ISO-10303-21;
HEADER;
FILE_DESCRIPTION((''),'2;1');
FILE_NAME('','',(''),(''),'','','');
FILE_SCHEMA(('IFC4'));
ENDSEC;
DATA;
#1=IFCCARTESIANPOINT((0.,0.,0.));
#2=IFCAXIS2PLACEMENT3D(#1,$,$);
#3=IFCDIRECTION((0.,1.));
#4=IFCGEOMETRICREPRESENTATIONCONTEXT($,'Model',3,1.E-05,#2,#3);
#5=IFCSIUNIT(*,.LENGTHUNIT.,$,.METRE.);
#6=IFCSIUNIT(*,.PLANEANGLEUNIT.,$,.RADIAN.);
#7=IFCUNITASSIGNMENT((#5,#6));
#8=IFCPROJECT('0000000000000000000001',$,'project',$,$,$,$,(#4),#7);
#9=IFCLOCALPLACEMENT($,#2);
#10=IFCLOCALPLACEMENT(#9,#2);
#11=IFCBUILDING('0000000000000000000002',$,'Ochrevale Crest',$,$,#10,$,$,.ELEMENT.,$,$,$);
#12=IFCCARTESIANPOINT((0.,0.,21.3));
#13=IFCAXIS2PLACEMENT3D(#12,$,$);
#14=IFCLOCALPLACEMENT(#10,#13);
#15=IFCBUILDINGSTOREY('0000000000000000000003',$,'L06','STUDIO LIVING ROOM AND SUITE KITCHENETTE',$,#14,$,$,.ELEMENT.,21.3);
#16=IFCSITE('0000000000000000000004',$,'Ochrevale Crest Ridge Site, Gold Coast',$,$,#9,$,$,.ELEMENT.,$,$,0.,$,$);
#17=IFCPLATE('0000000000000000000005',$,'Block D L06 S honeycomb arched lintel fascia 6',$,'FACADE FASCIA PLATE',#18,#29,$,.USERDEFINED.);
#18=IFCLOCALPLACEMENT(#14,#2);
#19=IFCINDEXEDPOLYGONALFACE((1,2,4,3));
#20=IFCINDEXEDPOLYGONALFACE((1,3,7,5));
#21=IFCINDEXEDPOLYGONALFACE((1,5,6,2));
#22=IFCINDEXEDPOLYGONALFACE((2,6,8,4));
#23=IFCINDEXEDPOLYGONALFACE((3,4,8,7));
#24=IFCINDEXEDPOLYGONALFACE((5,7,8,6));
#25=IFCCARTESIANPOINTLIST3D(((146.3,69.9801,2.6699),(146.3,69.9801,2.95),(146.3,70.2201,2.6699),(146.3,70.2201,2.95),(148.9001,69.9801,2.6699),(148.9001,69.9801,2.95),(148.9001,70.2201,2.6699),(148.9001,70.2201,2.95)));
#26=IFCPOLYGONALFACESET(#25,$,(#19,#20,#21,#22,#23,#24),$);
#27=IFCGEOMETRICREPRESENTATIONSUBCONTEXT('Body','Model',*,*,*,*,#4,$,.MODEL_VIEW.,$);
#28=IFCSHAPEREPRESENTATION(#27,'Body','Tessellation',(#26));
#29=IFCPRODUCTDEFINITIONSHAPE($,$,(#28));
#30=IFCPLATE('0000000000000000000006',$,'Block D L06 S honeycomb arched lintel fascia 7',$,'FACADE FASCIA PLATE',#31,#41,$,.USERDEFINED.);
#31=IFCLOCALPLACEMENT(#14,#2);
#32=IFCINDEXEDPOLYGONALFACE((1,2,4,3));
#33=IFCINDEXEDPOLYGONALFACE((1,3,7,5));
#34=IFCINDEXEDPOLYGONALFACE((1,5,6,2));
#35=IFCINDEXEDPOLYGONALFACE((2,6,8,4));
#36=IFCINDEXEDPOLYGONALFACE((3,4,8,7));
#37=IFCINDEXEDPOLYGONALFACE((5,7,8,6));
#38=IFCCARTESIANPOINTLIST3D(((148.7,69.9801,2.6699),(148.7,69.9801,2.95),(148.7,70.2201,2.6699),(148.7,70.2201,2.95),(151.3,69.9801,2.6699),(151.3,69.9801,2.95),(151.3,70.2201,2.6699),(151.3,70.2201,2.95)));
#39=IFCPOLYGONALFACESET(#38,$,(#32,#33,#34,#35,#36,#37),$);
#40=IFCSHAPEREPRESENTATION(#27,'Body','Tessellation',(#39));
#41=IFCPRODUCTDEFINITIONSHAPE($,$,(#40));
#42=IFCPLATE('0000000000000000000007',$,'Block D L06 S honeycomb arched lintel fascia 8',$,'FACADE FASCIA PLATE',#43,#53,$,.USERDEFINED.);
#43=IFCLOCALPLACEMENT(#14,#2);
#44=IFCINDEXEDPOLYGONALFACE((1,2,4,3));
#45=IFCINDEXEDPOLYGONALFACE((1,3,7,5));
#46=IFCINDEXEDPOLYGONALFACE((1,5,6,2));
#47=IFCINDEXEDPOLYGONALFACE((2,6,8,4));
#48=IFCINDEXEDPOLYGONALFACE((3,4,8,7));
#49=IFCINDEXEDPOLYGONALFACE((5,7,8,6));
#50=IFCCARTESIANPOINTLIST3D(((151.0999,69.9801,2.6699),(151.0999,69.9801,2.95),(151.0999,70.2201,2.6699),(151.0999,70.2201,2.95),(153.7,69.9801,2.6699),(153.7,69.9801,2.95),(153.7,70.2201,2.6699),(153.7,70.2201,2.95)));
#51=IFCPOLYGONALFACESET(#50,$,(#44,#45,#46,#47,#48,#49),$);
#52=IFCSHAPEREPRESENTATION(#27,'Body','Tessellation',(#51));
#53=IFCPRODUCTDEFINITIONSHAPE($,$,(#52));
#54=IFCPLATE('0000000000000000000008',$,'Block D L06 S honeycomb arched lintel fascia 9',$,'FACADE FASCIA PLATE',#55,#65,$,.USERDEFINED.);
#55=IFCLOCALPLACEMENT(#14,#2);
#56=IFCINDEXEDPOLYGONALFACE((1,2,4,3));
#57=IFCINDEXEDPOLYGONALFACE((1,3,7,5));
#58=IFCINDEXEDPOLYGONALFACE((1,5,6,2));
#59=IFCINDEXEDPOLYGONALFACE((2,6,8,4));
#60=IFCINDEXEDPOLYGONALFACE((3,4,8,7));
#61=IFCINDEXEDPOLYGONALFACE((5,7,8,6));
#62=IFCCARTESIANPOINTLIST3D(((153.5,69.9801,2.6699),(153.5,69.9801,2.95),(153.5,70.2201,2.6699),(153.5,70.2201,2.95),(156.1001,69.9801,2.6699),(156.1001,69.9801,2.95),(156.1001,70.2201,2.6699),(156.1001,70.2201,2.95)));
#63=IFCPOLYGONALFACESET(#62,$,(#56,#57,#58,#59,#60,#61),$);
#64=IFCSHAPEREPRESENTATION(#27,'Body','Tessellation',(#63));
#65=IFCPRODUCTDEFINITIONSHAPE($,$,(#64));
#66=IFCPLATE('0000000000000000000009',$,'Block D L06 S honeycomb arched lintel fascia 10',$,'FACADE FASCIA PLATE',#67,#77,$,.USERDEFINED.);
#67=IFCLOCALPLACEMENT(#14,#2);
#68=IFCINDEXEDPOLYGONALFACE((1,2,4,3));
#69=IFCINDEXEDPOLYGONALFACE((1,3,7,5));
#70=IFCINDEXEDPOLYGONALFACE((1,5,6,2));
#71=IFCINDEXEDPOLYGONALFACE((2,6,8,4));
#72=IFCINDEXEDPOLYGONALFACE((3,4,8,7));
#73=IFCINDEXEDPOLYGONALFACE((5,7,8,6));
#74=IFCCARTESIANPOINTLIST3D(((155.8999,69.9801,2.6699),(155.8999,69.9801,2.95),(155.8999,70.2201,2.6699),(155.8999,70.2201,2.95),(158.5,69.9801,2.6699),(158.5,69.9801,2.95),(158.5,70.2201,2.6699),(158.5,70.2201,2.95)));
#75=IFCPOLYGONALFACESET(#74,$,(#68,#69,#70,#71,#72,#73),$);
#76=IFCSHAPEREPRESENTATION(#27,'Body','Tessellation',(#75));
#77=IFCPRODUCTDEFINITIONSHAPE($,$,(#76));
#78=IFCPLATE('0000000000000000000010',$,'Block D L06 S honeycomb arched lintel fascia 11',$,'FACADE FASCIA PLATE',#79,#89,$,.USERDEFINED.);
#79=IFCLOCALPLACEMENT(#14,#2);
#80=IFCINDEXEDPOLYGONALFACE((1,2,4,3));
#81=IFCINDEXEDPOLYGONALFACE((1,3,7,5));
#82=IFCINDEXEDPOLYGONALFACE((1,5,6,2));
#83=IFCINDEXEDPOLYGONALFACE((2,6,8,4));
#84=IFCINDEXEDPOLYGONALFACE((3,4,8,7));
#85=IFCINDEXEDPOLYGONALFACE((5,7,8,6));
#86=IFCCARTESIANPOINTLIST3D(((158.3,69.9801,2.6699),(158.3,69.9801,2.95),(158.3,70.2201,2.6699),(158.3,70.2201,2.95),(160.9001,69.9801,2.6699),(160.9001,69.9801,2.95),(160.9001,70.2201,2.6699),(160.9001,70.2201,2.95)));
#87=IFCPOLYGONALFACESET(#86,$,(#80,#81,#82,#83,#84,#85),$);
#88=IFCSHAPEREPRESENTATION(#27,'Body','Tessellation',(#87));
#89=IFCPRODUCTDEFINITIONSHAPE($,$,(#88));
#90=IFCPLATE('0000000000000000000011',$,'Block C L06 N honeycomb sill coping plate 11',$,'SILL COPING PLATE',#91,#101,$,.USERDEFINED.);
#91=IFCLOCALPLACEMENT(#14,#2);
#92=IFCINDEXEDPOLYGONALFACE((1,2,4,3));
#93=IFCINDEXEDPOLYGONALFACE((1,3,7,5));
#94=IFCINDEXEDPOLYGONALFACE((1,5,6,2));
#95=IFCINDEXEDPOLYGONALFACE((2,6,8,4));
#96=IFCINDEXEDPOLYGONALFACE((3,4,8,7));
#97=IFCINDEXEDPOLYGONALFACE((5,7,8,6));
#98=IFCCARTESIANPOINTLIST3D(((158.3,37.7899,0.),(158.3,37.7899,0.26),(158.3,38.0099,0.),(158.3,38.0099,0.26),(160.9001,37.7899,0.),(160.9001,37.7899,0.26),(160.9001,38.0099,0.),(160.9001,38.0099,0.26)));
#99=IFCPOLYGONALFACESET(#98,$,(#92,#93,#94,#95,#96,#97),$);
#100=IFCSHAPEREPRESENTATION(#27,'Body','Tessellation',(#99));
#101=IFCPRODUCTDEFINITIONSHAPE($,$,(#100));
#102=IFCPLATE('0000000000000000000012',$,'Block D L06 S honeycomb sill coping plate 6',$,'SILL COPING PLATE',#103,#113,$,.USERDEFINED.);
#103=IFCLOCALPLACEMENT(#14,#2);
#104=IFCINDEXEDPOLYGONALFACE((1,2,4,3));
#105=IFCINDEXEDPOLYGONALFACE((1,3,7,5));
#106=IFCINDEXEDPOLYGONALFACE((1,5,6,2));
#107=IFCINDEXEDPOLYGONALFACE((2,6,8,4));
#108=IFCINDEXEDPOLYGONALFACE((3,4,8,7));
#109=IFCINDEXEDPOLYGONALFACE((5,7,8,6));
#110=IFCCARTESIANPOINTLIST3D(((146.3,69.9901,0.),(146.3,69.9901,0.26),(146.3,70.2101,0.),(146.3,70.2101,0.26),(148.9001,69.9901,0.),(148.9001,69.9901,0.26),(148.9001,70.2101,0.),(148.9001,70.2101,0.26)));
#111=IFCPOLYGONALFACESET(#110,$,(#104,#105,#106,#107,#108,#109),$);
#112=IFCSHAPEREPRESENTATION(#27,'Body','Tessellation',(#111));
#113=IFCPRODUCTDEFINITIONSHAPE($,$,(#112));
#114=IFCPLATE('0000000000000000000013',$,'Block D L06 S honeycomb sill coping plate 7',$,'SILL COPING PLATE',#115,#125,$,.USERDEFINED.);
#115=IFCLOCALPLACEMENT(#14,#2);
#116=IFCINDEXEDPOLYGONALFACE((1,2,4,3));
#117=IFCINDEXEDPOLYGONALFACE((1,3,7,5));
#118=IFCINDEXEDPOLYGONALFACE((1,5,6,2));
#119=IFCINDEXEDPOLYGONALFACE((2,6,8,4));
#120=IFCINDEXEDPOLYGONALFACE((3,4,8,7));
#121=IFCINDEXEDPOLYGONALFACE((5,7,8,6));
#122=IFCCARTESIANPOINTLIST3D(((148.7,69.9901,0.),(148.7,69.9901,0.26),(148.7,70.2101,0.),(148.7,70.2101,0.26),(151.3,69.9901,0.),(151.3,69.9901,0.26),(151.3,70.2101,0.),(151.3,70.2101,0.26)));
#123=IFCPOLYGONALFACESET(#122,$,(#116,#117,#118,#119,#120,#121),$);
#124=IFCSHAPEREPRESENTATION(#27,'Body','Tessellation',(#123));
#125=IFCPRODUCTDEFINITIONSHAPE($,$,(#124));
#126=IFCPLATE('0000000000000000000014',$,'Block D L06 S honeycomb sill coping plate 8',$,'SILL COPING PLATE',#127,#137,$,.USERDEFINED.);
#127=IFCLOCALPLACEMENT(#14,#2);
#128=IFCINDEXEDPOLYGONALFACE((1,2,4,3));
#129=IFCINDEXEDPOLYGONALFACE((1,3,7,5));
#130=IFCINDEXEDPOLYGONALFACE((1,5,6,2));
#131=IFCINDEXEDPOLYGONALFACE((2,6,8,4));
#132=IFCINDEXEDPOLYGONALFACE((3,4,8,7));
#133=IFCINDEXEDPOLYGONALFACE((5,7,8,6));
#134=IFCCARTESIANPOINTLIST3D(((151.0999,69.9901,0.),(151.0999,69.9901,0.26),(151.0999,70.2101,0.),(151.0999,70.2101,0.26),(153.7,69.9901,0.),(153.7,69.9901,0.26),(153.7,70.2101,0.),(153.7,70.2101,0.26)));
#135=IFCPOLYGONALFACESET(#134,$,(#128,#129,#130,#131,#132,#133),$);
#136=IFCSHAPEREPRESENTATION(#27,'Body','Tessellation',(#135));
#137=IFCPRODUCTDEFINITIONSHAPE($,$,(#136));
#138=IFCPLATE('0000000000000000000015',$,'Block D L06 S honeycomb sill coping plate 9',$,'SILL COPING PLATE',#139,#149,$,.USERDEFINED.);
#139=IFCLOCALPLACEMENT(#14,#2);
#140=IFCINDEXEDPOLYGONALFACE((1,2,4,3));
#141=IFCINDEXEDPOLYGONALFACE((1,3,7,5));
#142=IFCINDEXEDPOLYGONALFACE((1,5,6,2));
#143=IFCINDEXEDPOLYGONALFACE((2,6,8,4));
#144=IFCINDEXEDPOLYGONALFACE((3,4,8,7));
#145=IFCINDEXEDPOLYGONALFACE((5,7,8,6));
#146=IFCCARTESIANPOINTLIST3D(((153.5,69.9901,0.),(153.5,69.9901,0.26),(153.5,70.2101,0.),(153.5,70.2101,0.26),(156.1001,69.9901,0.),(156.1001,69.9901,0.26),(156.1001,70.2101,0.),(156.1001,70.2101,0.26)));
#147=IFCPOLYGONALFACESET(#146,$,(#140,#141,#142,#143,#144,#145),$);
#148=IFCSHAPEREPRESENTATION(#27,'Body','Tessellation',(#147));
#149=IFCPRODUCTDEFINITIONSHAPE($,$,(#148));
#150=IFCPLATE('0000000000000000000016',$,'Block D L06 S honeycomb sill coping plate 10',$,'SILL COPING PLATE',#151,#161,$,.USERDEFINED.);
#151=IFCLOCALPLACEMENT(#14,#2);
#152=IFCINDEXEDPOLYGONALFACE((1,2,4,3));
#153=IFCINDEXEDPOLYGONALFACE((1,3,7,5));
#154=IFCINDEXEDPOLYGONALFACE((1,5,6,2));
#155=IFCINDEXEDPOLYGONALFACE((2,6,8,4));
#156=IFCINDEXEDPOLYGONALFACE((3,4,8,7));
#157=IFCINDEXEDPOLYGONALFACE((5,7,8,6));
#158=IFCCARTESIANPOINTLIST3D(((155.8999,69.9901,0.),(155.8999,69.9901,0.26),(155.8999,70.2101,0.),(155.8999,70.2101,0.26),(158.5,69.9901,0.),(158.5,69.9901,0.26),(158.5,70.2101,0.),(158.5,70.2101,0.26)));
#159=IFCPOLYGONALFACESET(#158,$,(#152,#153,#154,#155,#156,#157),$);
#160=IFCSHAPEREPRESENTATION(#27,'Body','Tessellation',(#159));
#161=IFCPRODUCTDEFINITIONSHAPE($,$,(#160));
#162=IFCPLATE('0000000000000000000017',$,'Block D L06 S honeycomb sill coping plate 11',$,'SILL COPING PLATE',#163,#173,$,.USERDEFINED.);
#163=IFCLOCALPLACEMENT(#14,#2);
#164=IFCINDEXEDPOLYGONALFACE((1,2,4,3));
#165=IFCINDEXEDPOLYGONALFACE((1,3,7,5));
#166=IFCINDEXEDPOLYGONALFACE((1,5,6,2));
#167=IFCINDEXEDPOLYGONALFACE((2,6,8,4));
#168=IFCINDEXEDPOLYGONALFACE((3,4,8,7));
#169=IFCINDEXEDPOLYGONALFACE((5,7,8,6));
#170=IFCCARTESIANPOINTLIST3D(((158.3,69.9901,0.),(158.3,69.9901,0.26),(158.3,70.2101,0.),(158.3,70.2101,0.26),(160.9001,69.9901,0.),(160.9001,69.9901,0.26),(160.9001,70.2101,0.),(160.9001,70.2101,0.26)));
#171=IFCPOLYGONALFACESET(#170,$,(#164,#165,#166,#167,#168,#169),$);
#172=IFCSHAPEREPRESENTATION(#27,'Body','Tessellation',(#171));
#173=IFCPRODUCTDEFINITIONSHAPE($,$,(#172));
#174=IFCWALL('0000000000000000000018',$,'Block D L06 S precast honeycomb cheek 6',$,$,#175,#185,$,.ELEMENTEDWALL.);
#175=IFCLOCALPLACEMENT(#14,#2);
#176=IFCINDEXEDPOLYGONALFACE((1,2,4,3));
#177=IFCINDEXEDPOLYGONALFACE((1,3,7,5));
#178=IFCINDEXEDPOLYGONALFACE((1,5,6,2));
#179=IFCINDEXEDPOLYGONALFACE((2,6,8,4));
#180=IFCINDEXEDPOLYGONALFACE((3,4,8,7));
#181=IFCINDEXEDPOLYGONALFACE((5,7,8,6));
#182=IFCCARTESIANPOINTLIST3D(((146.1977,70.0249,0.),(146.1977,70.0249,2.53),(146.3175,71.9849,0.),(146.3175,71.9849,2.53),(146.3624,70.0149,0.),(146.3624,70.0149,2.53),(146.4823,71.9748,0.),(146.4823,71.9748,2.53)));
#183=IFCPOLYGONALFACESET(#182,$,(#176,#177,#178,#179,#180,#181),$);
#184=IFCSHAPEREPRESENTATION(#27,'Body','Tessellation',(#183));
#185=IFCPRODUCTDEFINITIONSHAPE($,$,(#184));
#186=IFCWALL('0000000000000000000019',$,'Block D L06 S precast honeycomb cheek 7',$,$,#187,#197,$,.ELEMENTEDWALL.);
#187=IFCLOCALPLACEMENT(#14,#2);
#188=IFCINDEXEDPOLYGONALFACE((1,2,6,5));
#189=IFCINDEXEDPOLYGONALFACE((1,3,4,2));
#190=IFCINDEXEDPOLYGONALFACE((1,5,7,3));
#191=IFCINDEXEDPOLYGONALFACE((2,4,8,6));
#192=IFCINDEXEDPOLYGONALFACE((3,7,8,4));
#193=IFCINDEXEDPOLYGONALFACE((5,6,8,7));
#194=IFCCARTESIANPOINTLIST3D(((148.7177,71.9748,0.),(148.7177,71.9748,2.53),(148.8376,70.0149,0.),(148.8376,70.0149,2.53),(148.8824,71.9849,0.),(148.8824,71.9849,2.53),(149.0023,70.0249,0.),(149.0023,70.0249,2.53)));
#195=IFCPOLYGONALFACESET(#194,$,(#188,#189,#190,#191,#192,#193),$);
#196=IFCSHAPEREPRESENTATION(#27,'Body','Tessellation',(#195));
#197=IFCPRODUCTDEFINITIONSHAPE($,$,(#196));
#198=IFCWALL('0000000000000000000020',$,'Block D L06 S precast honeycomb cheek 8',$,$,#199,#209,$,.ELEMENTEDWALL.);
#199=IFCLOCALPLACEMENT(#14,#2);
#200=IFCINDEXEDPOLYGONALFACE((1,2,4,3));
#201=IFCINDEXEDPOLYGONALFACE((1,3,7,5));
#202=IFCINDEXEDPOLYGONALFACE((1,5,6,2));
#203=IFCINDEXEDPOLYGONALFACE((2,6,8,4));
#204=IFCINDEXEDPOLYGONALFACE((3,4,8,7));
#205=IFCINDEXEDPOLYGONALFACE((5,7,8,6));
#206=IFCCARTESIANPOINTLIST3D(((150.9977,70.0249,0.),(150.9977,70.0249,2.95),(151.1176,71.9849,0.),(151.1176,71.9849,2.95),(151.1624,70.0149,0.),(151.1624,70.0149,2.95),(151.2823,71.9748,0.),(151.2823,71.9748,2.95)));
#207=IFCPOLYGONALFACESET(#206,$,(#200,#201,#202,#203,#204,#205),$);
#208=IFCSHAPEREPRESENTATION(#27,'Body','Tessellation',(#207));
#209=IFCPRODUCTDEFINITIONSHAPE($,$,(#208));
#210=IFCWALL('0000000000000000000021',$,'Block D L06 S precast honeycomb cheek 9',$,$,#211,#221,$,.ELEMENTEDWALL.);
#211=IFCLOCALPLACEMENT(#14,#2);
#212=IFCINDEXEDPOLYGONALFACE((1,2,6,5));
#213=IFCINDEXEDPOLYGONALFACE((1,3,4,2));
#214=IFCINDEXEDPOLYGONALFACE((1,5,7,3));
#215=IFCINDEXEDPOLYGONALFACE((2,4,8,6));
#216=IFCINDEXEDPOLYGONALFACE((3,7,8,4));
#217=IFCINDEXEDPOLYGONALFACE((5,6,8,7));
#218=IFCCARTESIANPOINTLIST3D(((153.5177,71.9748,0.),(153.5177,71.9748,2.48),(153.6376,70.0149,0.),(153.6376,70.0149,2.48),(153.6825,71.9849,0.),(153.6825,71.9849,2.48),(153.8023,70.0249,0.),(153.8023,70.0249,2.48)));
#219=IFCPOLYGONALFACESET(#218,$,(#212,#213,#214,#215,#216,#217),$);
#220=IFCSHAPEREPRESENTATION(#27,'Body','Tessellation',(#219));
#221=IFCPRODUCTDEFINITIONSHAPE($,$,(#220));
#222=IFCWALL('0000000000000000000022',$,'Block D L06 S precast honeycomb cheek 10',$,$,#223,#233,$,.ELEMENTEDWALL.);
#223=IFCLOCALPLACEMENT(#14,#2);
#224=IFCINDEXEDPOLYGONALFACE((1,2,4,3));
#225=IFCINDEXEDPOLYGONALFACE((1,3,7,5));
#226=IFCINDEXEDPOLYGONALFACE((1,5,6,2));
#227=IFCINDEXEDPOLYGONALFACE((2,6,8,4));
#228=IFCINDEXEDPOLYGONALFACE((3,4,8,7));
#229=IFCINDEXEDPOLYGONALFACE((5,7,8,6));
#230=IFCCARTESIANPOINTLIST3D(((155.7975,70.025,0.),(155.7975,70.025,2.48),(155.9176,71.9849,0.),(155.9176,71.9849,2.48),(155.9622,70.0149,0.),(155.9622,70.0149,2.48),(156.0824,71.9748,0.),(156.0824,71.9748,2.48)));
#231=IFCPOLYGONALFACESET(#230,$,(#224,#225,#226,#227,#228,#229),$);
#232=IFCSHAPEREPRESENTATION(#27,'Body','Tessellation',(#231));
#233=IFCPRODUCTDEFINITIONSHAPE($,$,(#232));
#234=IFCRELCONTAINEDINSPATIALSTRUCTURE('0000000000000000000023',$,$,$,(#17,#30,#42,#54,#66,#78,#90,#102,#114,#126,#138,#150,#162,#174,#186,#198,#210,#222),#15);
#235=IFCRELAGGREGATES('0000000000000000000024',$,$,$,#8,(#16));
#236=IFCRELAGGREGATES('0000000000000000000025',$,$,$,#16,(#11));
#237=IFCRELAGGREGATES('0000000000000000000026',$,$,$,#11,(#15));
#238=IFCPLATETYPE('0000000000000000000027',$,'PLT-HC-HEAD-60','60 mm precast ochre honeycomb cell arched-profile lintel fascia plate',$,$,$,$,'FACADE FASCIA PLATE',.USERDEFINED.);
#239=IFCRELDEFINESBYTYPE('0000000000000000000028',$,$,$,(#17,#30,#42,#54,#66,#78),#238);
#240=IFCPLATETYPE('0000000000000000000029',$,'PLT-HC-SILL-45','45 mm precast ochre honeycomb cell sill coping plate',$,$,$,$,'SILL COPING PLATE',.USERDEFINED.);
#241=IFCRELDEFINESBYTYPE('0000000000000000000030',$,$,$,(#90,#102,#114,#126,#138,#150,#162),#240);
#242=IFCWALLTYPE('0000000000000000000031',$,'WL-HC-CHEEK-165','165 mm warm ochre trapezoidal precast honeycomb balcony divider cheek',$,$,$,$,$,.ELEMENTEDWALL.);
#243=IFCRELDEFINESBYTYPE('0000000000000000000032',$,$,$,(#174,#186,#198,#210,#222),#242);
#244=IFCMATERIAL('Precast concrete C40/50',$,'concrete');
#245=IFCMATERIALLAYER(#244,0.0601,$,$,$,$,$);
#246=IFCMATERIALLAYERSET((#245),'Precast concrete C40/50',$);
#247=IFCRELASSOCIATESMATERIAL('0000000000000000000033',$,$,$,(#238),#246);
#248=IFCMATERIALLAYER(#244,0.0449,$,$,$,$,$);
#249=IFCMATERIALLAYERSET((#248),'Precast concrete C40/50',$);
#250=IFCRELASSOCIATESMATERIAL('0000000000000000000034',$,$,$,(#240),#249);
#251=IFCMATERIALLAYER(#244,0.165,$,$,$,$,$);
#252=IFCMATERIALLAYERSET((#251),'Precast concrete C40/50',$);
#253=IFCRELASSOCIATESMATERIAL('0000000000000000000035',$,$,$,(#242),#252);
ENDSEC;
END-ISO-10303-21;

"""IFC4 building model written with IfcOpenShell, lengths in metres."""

from ifc_helpers import new_model, si_unit, direction, frame, frame_2d, origin, origin_2d, place, context, subcontext, project, spatial, rectangle, extrude, material, layer, layer_set, type_object, element, save


model = new_model("IFC4")

# Units and contexts
model_context = context("Model", 3, precision=1e-05, world=origin(), true_north=direction((0.0, 1.0)))
body_context = subcontext(model_context, "Body", "Model", "MODEL_VIEW")
ifc_project = project(units=[si_unit("LENGTHUNIT", "METRE"), si_unit("PLANEANGLEUNIT", "RADIAN")], contexts=[model_context])

# Site, building, storey
site_placement = place(None, origin())
site = spatial("IfcSite", under=ifc_project, at=site_placement, Name="Ochrevale Crest Ridge Site, Gold Coast", CompositionType="ELEMENT", RefElevation=0.0)
building_placement = place(site_placement, origin())
building = spatial("IfcBuilding", under=site, at=building_placement, Name="Ochrevale Crest", CompositionType="ELEMENT")
storey_placement = place(building_placement, frame((0.0, 0.0, 21.3)))
storey = spatial("IfcBuildingStorey", under=building, at=storey_placement, Name="L06", Description="STUDIO LIVING ROOM AND SUITE KITCHENETTE", CompositionType="ELEMENT", Elevation=21.3)

# Plates
ifc_material_1 = material(Name="Precast concrete C40/50", Category="concrete")
ifc_layer_1 = layer(ifc_material_1, 0.0601)
ifc_layer_set_1 = layer_set([ifc_layer_1], Name="Precast concrete C40/50")
plate_type_1 = type_object("IfcPlateType", Name="PLT-HC-HEAD-60", Description="60 mm precast ochre honeycomb cell arched-profile lintel fascia plate", ElementType="FACADE FASCIA PLATE", PredefinedType="USERDEFINED", material=ifc_layer_set_1)
for number, where, z_axis, x_axis, name in (
    (1, (147.6001, 70.1001, 2.6699), (0.0, 0.0, 1.0), (1.0, 0.0, 0.0), "Block D L06 S honeycomb arched lintel fascia 6"),
    (2, (150.0, 70.1001, 2.6699), (0.0, 0.0, 1.0), (1.0, 0.0, 0.0), "Block D L06 S honeycomb arched lintel fascia 7"),
    (3, (152.3999, 70.1001, 2.6699), (0.0, 0.0, 1.0), (1.0, 0.0, 0.0), "Block D L06 S honeycomb arched lintel fascia 8"),
    (4, (154.8, 70.1001, 2.6699), (0.0, 0.0, 1.0), (1.0, 0.0, 0.0), "Block D L06 S honeycomb arched lintel fascia 9"),
    (5, (157.2, 70.1001, 2.6699), (0.0, 0.0, 1.0), (1.0, 0.0, 0.0), "Block D L06 S honeycomb arched lintel fascia 10"),
    (6, (159.6001, 70.1001, 2.6699), (0.0, 0.0, 1.0), (1.0, 0.0, 0.0), "Block D L06 S honeycomb arched lintel fascia 11"),
):
    element("IfcPlate", number, at=place(storey_placement, frame(where, z_axis=z_axis, x_axis=x_axis)), inside=storey, type_object=plate_type_1, Name=name, ObjectType="FACADE FASCIA PLATE", PredefinedType="USERDEFINED", context=body_context, shape_type="SweptSolid", body=[
        extrude(rectangle(XDim=2.6001, YDim=0.24, at=origin_2d()), origin(), (0.0, 0.0, 1.0), 0.28),
    ])
ifc_layer_2 = layer(ifc_material_1, 0.0449)
ifc_layer_set_2 = layer_set([ifc_layer_2], Name="Precast concrete C40/50")
plate_type_2 = type_object("IfcPlateType", Name="PLT-HC-SILL-45", Description="45 mm precast ochre honeycomb cell sill coping plate", ElementType="SILL COPING PLATE", PredefinedType="USERDEFINED", material=ifc_layer_set_2)
for number, where, z_axis, x_axis, name in (
    (7, (159.6001, 37.8999, 0.0), (0.0, 0.0, 1.0), (1.0, 0.0, 0.0), "Block C L06 N honeycomb sill coping plate 11"),
    (8, (147.6001, 70.1001, 0.0), (0.0, 0.0, 1.0), (1.0, 0.0, 0.0), "Block D L06 S honeycomb sill coping plate 6"),
    (9, (150.0, 70.1001, 0.0), (0.0, 0.0, 1.0), (1.0, 0.0, 0.0), "Block D L06 S honeycomb sill coping plate 7"),
    (10, (152.3999, 70.1001, 0.0), (0.0, 0.0, 1.0), (1.0, 0.0, 0.0), "Block D L06 S honeycomb sill coping plate 8"),
    (11, (154.8, 70.1001, 0.0), (0.0, 0.0, 1.0), (1.0, 0.0, 0.0), "Block D L06 S honeycomb sill coping plate 9"),
    (12, (157.2, 70.1001, 0.0), (0.0, 0.0, 1.0), (1.0, 0.0, 0.0), "Block D L06 S honeycomb sill coping plate 10"),
    (13, (159.6001, 70.1001, 0.0), (0.0, 0.0, 1.0), (1.0, 0.0, 0.0), "Block D L06 S honeycomb sill coping plate 11"),
):
    element("IfcPlate", number, at=place(storey_placement, frame(where, z_axis=z_axis, x_axis=x_axis)), inside=storey, type_object=plate_type_2, Name=name, ObjectType="SILL COPING PLATE", PredefinedType="USERDEFINED", context=body_context, shape_type="SweptSolid", body=[
        extrude(rectangle(XDim=2.6001, YDim=0.22, at=origin_2d()), origin(), (0.0, 0.0, 1.0), 0.26),
    ])

# Walls
ifc_layer_3 = layer(ifc_material_1, 0.165)
ifc_layer_set_3 = layer_set([ifc_layer_3], Name="Precast concrete C40/50")
wall_type = type_object("IfcWallType", Name="WL-HC-CHEEK-165", Description="165 mm warm ochre trapezoidal precast honeycomb balcony divider cheek", PredefinedType="ELEMENTEDWALL", material=ifc_layer_set_3)
for number, where, z_axis, x_axis, name in (
    (14, (146.3999, 71.98, 0.0), (0.0, 0.0, 1.0), (-0.061047, -0.998135, 0.0), "Block D L06 S precast honeycomb cheek 6"),
    (15, (148.8, 71.98, 0.0), (0.0, 0.0, 1.0), (0.061047, -0.998135, 0.0), "Block D L06 S precast honeycomb cheek 7"),
):
    element("IfcWall", number, at=place(storey_placement, frame(where, z_axis=z_axis, x_axis=x_axis)), inside=storey, type_object=wall_type, Name=name, PredefinedType="ELEMENTEDWALL", context=body_context, shape_type="SweptSolid", body=[
        extrude(rectangle(XDim=1.9636, YDim=0.165, at=frame_2d((0.9819, 0.0))), origin(), (0.0, 0.0, 1.0), 2.53),
    ])
wall_1_placement = place(storey_placement, frame((151.2, 71.98, 0.0), z_axis=(0.0, 0.0, 1.0), x_axis=(-0.061047, -0.998135, 0.0)))
element("IfcWall", 16, at=wall_1_placement, inside=storey, type_object=wall_type, Name="Block D L06 S precast honeycomb cheek 8", PredefinedType="ELEMENTEDWALL", context=body_context, shape_type="SweptSolid", body=[
    extrude(rectangle(XDim=1.9636, YDim=0.165, at=frame_2d((0.9819, 0.0))), origin(), (0.0, 0.0, 1.0), 2.95),
])
for number, where, z_axis, x_axis, name in (
    (17, (153.6001, 71.98, 0.0), (0.0, 0.0, 1.0), (0.061047, -0.998135, 0.0), "Block D L06 S precast honeycomb cheek 9"),
    (18, (156.0, 71.98, 0.0), (0.0, 0.0, 1.0), (-0.061171, -0.998127, 0.0), "Block D L06 S precast honeycomb cheek 10"),
):
    element("IfcWall", number, at=place(storey_placement, frame(where, z_axis=z_axis, x_axis=x_axis)), inside=storey, type_object=wall_type, Name=name, PredefinedType="ELEMENTEDWALL", context=body_context, shape_type="SweptSolid", body=[
        extrude(rectangle(XDim=1.9636, YDim=0.165, at=frame_2d((0.9819, 0.0))), origin(), (0.0, 0.0, 1.0), 2.48),
    ])

save(model, "model.ifc")
